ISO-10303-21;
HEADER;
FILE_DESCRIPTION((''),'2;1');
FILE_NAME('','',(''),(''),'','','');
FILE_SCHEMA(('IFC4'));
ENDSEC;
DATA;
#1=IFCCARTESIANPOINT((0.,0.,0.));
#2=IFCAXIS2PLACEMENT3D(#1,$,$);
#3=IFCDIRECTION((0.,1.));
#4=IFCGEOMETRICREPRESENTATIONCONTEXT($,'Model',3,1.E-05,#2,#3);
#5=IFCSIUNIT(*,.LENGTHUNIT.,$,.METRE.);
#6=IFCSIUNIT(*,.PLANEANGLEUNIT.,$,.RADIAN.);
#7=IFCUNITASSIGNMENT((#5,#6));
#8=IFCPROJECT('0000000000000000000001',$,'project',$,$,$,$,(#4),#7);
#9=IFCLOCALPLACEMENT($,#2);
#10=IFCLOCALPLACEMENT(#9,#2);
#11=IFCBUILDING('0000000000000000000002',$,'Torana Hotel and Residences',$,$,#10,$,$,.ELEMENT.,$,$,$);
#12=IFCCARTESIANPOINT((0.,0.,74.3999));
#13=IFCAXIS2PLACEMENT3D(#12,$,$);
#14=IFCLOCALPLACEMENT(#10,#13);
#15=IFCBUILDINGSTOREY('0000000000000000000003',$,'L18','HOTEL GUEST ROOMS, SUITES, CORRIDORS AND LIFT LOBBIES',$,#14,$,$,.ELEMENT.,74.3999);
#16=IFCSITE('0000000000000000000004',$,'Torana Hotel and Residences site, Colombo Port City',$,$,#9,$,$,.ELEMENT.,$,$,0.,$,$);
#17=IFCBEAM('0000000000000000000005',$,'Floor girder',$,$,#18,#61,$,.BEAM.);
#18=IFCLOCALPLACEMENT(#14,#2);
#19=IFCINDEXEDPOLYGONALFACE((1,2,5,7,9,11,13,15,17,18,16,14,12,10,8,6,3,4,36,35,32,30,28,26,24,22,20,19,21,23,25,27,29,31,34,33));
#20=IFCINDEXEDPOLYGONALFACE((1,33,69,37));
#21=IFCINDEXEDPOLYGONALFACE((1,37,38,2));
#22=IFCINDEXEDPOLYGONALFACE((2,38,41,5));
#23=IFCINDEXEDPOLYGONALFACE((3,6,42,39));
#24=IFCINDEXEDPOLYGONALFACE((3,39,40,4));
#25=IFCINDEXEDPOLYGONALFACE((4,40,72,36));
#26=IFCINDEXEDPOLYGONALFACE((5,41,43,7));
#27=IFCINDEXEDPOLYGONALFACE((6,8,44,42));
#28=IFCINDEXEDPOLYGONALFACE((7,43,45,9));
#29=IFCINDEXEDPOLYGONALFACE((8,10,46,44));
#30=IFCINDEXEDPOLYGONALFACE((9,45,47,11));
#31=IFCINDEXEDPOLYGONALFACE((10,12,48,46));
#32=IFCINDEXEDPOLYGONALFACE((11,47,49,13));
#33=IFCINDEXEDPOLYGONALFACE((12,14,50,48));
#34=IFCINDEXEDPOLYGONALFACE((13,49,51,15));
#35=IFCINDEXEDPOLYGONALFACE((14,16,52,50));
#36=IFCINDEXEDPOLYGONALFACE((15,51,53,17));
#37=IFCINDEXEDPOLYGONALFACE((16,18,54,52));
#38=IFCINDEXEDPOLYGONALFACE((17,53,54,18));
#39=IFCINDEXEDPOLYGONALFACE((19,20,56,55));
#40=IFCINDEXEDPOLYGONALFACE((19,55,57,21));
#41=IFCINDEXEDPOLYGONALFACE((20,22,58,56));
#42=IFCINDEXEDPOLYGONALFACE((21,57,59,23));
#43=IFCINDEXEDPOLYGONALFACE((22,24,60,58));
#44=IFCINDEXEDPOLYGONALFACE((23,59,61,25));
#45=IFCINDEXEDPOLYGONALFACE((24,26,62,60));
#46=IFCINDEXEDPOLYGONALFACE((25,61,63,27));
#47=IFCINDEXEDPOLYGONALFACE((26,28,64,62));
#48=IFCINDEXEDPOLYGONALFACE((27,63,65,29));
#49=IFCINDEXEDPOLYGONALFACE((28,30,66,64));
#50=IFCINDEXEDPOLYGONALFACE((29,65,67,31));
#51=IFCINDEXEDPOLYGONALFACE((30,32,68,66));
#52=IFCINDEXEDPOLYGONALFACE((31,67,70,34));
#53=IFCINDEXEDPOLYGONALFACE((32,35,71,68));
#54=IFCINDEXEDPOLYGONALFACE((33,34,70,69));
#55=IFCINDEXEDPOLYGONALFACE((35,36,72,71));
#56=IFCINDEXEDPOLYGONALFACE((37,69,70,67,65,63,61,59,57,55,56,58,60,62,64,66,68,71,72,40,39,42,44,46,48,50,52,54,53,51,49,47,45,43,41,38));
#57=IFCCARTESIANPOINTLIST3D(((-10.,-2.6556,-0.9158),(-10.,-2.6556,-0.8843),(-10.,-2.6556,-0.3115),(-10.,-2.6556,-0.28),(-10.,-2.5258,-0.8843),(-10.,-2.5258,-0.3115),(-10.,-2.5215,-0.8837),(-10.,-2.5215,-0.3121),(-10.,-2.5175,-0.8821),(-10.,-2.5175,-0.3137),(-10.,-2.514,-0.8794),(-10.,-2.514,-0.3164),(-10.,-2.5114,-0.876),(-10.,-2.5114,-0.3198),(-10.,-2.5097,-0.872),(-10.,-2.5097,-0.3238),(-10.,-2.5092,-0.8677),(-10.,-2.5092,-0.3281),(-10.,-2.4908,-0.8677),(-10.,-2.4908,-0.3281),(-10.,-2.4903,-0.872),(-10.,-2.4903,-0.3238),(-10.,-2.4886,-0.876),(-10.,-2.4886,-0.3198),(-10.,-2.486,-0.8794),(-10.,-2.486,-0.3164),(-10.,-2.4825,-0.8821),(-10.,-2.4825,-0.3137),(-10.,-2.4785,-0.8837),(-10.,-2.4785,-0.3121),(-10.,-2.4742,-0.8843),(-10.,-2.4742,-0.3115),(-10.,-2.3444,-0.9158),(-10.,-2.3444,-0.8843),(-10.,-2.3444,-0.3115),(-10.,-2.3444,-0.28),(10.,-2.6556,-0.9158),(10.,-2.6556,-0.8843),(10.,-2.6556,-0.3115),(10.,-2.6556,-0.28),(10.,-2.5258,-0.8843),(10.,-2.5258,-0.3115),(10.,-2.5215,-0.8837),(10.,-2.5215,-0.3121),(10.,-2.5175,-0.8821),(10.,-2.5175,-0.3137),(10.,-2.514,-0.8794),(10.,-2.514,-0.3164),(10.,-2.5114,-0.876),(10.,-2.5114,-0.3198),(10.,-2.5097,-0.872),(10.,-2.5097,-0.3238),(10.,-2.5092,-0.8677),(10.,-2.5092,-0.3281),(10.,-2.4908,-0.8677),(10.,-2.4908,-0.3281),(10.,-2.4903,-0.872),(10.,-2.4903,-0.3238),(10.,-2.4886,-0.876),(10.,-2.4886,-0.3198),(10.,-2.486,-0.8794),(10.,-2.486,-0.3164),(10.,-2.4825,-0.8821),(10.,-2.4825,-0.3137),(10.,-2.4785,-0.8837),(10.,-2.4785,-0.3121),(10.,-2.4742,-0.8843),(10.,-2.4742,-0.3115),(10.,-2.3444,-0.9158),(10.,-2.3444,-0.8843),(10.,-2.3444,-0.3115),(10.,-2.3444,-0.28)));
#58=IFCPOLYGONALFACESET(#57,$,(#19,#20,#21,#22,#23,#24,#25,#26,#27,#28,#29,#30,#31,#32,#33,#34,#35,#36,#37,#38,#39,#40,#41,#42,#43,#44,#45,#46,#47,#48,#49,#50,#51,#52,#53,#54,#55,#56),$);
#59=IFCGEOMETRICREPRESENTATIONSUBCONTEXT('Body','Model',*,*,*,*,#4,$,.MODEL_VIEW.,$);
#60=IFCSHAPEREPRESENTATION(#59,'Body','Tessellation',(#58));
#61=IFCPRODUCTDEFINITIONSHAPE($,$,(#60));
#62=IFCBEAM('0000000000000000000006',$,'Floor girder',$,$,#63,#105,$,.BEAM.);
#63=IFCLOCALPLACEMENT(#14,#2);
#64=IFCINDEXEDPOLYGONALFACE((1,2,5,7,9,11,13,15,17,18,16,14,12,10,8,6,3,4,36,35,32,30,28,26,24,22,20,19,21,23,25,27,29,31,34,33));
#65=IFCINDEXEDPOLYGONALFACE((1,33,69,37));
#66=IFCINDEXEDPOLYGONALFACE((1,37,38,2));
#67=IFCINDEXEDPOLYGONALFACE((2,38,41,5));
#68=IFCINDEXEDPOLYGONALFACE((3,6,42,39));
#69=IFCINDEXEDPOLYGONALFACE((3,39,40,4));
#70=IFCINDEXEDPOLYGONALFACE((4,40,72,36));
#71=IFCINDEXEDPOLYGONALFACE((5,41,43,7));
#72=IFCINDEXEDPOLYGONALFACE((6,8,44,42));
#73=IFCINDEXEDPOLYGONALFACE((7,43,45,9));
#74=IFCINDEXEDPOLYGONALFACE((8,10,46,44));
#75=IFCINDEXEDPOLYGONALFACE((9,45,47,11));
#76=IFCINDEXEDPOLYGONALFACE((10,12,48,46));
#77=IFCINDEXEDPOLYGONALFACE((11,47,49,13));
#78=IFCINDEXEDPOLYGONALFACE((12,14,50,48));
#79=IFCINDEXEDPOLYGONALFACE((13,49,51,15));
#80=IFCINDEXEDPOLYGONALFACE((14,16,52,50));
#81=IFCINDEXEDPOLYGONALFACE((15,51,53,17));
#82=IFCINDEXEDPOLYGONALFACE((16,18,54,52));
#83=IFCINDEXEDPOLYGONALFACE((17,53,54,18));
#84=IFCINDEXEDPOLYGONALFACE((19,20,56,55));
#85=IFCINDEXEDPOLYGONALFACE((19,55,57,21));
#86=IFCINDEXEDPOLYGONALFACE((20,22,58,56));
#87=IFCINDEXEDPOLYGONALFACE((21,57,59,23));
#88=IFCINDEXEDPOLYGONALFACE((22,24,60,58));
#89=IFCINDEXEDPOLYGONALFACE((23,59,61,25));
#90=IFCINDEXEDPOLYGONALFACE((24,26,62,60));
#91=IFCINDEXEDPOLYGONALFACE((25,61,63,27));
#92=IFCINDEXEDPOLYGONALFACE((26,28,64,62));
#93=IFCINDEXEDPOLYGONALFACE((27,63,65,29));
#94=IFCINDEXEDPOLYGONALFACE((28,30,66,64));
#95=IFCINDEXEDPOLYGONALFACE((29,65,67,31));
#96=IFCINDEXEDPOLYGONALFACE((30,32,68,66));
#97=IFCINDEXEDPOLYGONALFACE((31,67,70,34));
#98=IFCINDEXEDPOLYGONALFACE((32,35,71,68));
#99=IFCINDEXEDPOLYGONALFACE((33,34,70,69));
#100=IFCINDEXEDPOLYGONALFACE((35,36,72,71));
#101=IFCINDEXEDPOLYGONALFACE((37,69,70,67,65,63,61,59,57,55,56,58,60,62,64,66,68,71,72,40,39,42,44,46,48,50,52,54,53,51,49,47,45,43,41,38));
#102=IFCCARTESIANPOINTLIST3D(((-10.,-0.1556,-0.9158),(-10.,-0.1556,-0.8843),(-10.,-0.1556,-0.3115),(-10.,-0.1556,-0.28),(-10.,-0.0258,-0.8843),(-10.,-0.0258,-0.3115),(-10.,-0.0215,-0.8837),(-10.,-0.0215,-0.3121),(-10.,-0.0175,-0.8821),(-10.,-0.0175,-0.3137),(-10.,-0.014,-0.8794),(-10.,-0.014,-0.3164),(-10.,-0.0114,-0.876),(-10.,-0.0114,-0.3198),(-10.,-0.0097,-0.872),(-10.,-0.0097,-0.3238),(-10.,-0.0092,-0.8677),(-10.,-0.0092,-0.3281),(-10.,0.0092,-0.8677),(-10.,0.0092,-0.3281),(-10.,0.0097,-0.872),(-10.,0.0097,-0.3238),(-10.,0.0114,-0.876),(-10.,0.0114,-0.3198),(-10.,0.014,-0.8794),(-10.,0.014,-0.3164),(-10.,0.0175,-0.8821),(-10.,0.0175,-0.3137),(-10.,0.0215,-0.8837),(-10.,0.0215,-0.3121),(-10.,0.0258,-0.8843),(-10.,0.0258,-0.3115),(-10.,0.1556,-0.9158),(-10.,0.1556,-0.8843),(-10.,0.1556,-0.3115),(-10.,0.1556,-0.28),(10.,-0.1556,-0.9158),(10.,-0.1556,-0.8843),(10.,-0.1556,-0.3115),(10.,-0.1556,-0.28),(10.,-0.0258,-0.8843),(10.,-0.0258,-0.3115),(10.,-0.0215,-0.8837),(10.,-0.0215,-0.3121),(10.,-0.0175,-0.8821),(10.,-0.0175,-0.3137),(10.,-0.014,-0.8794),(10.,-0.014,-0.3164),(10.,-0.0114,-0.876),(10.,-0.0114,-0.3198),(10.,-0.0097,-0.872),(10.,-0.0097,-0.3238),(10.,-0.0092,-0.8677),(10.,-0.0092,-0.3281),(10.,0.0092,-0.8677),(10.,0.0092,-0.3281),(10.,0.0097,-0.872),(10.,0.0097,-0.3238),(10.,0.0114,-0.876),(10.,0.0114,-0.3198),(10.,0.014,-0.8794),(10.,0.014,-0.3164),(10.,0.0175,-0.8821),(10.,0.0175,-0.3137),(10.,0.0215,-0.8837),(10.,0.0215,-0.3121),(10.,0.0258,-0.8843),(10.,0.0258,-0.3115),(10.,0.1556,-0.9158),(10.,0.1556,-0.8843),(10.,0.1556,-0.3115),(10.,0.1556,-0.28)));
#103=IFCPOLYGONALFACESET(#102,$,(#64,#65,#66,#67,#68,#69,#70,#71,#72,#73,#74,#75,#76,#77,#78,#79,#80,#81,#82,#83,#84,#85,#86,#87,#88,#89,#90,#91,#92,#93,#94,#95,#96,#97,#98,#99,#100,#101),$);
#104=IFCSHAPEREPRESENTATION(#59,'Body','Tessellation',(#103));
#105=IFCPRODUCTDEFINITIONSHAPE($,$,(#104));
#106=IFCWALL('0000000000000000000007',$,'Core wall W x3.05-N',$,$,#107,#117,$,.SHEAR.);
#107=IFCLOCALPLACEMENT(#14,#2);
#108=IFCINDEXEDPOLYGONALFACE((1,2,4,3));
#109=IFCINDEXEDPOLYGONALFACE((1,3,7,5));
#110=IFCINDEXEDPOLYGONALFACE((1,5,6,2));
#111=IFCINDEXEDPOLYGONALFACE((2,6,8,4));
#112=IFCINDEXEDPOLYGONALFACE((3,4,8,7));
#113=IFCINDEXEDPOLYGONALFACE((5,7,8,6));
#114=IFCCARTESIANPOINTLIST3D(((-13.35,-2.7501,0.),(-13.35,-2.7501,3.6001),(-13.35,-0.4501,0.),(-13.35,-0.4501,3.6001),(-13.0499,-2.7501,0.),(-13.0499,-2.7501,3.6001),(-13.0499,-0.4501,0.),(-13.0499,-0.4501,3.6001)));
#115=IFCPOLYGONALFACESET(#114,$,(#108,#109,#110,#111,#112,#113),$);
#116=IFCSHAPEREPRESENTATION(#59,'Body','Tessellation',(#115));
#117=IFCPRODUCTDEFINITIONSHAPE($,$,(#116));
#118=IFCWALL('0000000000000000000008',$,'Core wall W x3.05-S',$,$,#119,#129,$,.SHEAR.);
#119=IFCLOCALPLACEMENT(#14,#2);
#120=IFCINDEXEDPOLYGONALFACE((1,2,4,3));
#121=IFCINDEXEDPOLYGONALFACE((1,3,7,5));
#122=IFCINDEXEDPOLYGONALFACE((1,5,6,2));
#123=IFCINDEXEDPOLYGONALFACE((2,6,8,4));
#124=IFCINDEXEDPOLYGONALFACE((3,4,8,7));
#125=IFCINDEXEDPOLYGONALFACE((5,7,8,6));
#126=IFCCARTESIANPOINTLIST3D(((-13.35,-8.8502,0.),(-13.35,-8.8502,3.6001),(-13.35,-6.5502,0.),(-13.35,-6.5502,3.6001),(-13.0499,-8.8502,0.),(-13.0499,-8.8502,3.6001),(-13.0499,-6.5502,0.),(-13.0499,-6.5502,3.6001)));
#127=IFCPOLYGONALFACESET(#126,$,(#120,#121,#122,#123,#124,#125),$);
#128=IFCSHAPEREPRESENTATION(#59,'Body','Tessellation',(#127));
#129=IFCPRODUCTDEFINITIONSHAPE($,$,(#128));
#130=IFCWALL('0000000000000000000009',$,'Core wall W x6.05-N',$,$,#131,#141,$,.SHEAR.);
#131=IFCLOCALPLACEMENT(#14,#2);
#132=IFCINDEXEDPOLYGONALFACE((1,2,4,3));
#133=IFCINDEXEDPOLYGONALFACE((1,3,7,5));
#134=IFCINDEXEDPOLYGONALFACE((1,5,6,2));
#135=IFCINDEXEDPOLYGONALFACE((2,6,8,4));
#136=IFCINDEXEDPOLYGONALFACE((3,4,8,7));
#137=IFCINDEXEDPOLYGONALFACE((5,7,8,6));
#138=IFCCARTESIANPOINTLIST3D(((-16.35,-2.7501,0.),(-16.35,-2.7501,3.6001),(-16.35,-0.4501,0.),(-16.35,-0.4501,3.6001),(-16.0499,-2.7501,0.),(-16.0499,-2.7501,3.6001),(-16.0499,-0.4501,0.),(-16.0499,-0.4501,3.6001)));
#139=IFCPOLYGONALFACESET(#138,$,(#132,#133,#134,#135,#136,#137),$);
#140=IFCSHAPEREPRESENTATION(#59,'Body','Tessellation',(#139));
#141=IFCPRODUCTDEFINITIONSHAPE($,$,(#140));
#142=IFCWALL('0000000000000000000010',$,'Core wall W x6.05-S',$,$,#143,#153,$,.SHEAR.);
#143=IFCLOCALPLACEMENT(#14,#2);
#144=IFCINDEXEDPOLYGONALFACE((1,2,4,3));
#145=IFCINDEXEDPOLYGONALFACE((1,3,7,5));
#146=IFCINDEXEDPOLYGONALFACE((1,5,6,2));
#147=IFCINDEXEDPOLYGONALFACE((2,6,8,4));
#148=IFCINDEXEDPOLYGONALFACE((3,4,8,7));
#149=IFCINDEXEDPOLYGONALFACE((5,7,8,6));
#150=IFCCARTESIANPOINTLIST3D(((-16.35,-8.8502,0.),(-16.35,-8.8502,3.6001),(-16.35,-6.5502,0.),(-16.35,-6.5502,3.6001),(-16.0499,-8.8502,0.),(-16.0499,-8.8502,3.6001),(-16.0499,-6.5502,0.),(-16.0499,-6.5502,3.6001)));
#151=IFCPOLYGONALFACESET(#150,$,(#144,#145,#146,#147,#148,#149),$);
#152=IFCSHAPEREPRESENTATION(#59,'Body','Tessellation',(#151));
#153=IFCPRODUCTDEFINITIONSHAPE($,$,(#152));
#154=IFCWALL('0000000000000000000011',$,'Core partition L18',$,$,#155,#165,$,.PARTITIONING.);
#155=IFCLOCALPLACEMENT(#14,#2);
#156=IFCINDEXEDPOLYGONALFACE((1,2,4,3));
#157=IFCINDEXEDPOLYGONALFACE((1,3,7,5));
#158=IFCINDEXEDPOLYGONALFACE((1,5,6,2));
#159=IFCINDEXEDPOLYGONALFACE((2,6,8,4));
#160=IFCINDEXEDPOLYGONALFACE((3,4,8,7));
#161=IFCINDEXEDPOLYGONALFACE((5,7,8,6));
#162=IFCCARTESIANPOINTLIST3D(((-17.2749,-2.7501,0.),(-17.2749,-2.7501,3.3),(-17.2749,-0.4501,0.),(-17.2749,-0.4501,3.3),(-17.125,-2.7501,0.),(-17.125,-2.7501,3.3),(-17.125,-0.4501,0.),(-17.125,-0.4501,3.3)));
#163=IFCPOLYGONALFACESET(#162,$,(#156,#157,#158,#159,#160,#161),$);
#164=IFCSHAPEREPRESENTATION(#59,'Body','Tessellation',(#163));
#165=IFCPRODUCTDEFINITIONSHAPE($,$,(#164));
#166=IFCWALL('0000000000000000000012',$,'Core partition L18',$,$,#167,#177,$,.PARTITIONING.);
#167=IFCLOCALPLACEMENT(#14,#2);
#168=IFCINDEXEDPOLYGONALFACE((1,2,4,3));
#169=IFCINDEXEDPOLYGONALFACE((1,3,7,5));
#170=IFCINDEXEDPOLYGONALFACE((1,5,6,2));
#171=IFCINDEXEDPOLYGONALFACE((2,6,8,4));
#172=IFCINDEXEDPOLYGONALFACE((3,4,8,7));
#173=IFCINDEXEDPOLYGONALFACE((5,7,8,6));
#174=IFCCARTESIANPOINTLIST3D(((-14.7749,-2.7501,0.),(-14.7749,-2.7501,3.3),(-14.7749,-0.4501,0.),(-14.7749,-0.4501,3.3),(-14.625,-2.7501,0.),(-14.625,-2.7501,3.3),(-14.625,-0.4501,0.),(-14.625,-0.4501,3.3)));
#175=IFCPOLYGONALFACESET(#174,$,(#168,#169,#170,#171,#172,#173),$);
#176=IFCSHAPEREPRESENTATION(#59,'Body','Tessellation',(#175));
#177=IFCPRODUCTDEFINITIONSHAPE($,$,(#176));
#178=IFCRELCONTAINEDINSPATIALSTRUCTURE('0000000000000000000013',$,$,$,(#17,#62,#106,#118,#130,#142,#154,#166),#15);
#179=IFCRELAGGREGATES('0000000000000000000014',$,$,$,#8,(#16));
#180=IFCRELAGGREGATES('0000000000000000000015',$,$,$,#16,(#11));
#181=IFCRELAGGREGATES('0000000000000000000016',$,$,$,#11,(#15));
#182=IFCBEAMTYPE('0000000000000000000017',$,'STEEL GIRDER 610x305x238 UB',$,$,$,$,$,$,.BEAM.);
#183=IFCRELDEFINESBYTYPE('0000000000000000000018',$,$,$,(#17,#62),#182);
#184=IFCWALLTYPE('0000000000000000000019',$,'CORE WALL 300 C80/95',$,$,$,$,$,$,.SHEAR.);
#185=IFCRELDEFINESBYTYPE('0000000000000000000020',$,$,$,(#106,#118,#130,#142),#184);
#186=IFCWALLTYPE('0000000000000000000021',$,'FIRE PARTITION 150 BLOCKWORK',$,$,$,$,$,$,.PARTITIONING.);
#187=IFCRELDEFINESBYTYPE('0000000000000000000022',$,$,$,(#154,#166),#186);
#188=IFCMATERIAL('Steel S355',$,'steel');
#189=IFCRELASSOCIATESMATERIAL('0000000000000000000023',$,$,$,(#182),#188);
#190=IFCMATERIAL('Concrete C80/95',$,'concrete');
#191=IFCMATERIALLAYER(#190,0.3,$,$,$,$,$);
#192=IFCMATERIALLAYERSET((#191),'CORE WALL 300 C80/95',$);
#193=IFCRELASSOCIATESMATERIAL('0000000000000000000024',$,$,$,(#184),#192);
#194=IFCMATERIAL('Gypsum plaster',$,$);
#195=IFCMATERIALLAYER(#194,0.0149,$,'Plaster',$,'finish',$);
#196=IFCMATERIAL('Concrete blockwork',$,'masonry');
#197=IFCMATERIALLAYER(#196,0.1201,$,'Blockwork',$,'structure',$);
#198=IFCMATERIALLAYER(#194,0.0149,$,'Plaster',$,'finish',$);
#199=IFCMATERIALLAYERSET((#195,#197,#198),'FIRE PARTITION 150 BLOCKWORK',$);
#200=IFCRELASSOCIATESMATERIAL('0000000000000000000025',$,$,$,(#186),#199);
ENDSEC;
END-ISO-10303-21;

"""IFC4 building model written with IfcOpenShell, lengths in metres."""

from ifc_helpers import new_model, si_unit, direction, frame, frame_2d, origin, origin_2d, place, context, subcontext, project, spatial, rectangle, i_section, extrude, material, layer, layer_set, material_profile, profile_set, type_object, element, save


model = new_model("IFC4")

# Units and contexts
model_context = context("Model", 3, precision=1e-05, world=origin(), true_north=direction((0.0, 1.0)))
body_context = subcontext(model_context, "Body", "Model", "MODEL_VIEW")
ifc_project = project(units=[si_unit("LENGTHUNIT", "METRE"), si_unit("PLANEANGLEUNIT", "RADIAN")], contexts=[model_context])

# Site, building, storey
site_placement = place(None, origin())
site = spatial("IfcSite", under=ifc_project, at=site_placement, Name="Torana Hotel and Residences site, Colombo Port City", CompositionType="ELEMENT", RefElevation=0.0)
building_placement = place(site_placement, origin())
building = spatial("IfcBuilding", under=site, at=building_placement, Name="Torana Hotel and Residences", CompositionType="ELEMENT")
storey_placement = place(building_placement, frame((0.0, 0.0, 74.3999)))
storey = spatial("IfcBuildingStorey", under=building, at=storey_placement, Name="L18", Description="HOTEL GUEST ROOMS, SUITES, CORRIDORS AND LIFT LOBBIES", CompositionType="ELEMENT", Elevation=74.3999)

# Beams
ifc_material_1 = material(Name="Steel S355", Category="steel")
ifc_material_profile = material_profile(ifc_material_1, i_section(OverallWidth=0.3113, OverallDepth=0.6357, WebThickness=0.0183, FlangeThickness=0.0315, FilletRadius=0.0166, at=origin_2d()), Name="610x305x238 UB")
ifc_profile_set = profile_set([ifc_material_profile], Name="Steel S355")
beam_type = type_object("IfcBeamType", Name="STEEL GIRDER 610x305x238 UB", PredefinedType="BEAM", material=ifc_profile_set)
for number, where, z_axis, x_axis, name in (
    (1, (-10.0, -2.5, -0.5979), (1.0, 0.0, 0.0), (0.0, 1.0, 0.0), "Floor girder"),
    (2, (-10.0, 0.0, -0.5979), (1.0, 0.0, 0.0), (0.0, 1.0, 0.0), "Floor girder"),
):
    element("IfcBeam", number, at=place(storey_placement, frame(where, z_axis=z_axis, x_axis=x_axis)), inside=storey, type_object=beam_type, Name=name, PredefinedType="BEAM", context=body_context, shape_type="SweptSolid", body=[
        extrude(i_section(OverallWidth=0.3113, OverallDepth=0.6357, WebThickness=0.0183, FlangeThickness=0.0315, FilletRadius=0.0166, at=origin_2d()), origin(), (0.0, 0.0, 1.0), 20.0),
    ])

# Walls
ifc_material_2 = material(Name="Concrete C80/95", Category="concrete")
ifc_layer_1 = layer(ifc_material_2, 0.3)
ifc_layer_set_1 = layer_set([ifc_layer_1], Name="CORE WALL 300 C80/95")
wall_type_1 = type_object("IfcWallType", Name="CORE WALL 300 C80/95", PredefinedType="SHEAR", material=ifc_layer_set_1)
for number, where, z_axis, x_axis, name in (
    (3, (-13.2, -2.75, 0.0), (0.0, 0.0, 1.0), (0.0, 1.0, 0.0), "Core wall W x3.05-N"),
    (4, (-13.2, -8.8501, 0.0), (0.0, 0.0, 1.0), (0.0, 1.0, 0.0), "Core wall W x3.05-S"),
    (5, (-16.2, -2.75, 0.0), (0.0, 0.0, 1.0), (0.0, 1.0, 0.0), "Core wall W x6.05-N"),
    (6, (-16.2, -8.8501, 0.0), (0.0, 0.0, 1.0), (0.0, 1.0, 0.0), "Core wall W x6.05-S"),
):
    element("IfcWall", number, at=place(storey_placement, frame(where, z_axis=z_axis, x_axis=x_axis)), inside=storey, type_object=wall_type_1, Name=name, PredefinedType="SHEAR", context=body_context, shape_type="SweptSolid", body=[
        extrude(rectangle(XDim=2.3, YDim=0.3, at=frame_2d((1.1499, 0.0))), origin(), (0.0, 0.0, 1.0), 3.6001),
    ])
ifc_material_3 = material(Name="Gypsum plaster")
ifc_layer_2 = layer(ifc_material_3, 0.0149, Name="Plaster", Category="finish")
ifc_material_4 = material(Name="Concrete blockwork", Category="masonry")
ifc_layer_3 = layer(ifc_material_4, 0.1201, Name="Blockwork", Category="structure")
ifc_layer_4 = layer(ifc_material_3, 0.0149, Name="Plaster", Category="finish")
ifc_layer_set_2 = layer_set([ifc_layer_2, ifc_layer_3, ifc_layer_4], Name="FIRE PARTITION 150 BLOCKWORK")
wall_type_2 = type_object("IfcWallType", Name="FIRE PARTITION 150 BLOCKWORK", PredefinedType="PARTITIONING", material=ifc_layer_set_2)
for number, where, z_axis, x_axis, name in (
    (7, (-17.2, -2.75, 0.0), (0.0, 0.0, 1.0), (0.0, 1.0, 0.0), "Core partition L18"),
    (8, (-14.7, -2.75, 0.0), (0.0, 0.0, 1.0), (0.0, 1.0, 0.0), "Core partition L18"),
):
    element("IfcWall", number, at=place(storey_placement, frame(where, z_axis=z_axis, x_axis=x_axis)), inside=storey, type_object=wall_type_2, Name=name, PredefinedType="PARTITIONING", context=body_context, shape_type="SweptSolid", body=[
        extrude(rectangle(XDim=2.3, YDim=0.1499, at=frame_2d((1.1499, 0.0))), origin(), (0.0, 0.0, 1.0), 3.3),
    ])

save(model, "model.ifc")
